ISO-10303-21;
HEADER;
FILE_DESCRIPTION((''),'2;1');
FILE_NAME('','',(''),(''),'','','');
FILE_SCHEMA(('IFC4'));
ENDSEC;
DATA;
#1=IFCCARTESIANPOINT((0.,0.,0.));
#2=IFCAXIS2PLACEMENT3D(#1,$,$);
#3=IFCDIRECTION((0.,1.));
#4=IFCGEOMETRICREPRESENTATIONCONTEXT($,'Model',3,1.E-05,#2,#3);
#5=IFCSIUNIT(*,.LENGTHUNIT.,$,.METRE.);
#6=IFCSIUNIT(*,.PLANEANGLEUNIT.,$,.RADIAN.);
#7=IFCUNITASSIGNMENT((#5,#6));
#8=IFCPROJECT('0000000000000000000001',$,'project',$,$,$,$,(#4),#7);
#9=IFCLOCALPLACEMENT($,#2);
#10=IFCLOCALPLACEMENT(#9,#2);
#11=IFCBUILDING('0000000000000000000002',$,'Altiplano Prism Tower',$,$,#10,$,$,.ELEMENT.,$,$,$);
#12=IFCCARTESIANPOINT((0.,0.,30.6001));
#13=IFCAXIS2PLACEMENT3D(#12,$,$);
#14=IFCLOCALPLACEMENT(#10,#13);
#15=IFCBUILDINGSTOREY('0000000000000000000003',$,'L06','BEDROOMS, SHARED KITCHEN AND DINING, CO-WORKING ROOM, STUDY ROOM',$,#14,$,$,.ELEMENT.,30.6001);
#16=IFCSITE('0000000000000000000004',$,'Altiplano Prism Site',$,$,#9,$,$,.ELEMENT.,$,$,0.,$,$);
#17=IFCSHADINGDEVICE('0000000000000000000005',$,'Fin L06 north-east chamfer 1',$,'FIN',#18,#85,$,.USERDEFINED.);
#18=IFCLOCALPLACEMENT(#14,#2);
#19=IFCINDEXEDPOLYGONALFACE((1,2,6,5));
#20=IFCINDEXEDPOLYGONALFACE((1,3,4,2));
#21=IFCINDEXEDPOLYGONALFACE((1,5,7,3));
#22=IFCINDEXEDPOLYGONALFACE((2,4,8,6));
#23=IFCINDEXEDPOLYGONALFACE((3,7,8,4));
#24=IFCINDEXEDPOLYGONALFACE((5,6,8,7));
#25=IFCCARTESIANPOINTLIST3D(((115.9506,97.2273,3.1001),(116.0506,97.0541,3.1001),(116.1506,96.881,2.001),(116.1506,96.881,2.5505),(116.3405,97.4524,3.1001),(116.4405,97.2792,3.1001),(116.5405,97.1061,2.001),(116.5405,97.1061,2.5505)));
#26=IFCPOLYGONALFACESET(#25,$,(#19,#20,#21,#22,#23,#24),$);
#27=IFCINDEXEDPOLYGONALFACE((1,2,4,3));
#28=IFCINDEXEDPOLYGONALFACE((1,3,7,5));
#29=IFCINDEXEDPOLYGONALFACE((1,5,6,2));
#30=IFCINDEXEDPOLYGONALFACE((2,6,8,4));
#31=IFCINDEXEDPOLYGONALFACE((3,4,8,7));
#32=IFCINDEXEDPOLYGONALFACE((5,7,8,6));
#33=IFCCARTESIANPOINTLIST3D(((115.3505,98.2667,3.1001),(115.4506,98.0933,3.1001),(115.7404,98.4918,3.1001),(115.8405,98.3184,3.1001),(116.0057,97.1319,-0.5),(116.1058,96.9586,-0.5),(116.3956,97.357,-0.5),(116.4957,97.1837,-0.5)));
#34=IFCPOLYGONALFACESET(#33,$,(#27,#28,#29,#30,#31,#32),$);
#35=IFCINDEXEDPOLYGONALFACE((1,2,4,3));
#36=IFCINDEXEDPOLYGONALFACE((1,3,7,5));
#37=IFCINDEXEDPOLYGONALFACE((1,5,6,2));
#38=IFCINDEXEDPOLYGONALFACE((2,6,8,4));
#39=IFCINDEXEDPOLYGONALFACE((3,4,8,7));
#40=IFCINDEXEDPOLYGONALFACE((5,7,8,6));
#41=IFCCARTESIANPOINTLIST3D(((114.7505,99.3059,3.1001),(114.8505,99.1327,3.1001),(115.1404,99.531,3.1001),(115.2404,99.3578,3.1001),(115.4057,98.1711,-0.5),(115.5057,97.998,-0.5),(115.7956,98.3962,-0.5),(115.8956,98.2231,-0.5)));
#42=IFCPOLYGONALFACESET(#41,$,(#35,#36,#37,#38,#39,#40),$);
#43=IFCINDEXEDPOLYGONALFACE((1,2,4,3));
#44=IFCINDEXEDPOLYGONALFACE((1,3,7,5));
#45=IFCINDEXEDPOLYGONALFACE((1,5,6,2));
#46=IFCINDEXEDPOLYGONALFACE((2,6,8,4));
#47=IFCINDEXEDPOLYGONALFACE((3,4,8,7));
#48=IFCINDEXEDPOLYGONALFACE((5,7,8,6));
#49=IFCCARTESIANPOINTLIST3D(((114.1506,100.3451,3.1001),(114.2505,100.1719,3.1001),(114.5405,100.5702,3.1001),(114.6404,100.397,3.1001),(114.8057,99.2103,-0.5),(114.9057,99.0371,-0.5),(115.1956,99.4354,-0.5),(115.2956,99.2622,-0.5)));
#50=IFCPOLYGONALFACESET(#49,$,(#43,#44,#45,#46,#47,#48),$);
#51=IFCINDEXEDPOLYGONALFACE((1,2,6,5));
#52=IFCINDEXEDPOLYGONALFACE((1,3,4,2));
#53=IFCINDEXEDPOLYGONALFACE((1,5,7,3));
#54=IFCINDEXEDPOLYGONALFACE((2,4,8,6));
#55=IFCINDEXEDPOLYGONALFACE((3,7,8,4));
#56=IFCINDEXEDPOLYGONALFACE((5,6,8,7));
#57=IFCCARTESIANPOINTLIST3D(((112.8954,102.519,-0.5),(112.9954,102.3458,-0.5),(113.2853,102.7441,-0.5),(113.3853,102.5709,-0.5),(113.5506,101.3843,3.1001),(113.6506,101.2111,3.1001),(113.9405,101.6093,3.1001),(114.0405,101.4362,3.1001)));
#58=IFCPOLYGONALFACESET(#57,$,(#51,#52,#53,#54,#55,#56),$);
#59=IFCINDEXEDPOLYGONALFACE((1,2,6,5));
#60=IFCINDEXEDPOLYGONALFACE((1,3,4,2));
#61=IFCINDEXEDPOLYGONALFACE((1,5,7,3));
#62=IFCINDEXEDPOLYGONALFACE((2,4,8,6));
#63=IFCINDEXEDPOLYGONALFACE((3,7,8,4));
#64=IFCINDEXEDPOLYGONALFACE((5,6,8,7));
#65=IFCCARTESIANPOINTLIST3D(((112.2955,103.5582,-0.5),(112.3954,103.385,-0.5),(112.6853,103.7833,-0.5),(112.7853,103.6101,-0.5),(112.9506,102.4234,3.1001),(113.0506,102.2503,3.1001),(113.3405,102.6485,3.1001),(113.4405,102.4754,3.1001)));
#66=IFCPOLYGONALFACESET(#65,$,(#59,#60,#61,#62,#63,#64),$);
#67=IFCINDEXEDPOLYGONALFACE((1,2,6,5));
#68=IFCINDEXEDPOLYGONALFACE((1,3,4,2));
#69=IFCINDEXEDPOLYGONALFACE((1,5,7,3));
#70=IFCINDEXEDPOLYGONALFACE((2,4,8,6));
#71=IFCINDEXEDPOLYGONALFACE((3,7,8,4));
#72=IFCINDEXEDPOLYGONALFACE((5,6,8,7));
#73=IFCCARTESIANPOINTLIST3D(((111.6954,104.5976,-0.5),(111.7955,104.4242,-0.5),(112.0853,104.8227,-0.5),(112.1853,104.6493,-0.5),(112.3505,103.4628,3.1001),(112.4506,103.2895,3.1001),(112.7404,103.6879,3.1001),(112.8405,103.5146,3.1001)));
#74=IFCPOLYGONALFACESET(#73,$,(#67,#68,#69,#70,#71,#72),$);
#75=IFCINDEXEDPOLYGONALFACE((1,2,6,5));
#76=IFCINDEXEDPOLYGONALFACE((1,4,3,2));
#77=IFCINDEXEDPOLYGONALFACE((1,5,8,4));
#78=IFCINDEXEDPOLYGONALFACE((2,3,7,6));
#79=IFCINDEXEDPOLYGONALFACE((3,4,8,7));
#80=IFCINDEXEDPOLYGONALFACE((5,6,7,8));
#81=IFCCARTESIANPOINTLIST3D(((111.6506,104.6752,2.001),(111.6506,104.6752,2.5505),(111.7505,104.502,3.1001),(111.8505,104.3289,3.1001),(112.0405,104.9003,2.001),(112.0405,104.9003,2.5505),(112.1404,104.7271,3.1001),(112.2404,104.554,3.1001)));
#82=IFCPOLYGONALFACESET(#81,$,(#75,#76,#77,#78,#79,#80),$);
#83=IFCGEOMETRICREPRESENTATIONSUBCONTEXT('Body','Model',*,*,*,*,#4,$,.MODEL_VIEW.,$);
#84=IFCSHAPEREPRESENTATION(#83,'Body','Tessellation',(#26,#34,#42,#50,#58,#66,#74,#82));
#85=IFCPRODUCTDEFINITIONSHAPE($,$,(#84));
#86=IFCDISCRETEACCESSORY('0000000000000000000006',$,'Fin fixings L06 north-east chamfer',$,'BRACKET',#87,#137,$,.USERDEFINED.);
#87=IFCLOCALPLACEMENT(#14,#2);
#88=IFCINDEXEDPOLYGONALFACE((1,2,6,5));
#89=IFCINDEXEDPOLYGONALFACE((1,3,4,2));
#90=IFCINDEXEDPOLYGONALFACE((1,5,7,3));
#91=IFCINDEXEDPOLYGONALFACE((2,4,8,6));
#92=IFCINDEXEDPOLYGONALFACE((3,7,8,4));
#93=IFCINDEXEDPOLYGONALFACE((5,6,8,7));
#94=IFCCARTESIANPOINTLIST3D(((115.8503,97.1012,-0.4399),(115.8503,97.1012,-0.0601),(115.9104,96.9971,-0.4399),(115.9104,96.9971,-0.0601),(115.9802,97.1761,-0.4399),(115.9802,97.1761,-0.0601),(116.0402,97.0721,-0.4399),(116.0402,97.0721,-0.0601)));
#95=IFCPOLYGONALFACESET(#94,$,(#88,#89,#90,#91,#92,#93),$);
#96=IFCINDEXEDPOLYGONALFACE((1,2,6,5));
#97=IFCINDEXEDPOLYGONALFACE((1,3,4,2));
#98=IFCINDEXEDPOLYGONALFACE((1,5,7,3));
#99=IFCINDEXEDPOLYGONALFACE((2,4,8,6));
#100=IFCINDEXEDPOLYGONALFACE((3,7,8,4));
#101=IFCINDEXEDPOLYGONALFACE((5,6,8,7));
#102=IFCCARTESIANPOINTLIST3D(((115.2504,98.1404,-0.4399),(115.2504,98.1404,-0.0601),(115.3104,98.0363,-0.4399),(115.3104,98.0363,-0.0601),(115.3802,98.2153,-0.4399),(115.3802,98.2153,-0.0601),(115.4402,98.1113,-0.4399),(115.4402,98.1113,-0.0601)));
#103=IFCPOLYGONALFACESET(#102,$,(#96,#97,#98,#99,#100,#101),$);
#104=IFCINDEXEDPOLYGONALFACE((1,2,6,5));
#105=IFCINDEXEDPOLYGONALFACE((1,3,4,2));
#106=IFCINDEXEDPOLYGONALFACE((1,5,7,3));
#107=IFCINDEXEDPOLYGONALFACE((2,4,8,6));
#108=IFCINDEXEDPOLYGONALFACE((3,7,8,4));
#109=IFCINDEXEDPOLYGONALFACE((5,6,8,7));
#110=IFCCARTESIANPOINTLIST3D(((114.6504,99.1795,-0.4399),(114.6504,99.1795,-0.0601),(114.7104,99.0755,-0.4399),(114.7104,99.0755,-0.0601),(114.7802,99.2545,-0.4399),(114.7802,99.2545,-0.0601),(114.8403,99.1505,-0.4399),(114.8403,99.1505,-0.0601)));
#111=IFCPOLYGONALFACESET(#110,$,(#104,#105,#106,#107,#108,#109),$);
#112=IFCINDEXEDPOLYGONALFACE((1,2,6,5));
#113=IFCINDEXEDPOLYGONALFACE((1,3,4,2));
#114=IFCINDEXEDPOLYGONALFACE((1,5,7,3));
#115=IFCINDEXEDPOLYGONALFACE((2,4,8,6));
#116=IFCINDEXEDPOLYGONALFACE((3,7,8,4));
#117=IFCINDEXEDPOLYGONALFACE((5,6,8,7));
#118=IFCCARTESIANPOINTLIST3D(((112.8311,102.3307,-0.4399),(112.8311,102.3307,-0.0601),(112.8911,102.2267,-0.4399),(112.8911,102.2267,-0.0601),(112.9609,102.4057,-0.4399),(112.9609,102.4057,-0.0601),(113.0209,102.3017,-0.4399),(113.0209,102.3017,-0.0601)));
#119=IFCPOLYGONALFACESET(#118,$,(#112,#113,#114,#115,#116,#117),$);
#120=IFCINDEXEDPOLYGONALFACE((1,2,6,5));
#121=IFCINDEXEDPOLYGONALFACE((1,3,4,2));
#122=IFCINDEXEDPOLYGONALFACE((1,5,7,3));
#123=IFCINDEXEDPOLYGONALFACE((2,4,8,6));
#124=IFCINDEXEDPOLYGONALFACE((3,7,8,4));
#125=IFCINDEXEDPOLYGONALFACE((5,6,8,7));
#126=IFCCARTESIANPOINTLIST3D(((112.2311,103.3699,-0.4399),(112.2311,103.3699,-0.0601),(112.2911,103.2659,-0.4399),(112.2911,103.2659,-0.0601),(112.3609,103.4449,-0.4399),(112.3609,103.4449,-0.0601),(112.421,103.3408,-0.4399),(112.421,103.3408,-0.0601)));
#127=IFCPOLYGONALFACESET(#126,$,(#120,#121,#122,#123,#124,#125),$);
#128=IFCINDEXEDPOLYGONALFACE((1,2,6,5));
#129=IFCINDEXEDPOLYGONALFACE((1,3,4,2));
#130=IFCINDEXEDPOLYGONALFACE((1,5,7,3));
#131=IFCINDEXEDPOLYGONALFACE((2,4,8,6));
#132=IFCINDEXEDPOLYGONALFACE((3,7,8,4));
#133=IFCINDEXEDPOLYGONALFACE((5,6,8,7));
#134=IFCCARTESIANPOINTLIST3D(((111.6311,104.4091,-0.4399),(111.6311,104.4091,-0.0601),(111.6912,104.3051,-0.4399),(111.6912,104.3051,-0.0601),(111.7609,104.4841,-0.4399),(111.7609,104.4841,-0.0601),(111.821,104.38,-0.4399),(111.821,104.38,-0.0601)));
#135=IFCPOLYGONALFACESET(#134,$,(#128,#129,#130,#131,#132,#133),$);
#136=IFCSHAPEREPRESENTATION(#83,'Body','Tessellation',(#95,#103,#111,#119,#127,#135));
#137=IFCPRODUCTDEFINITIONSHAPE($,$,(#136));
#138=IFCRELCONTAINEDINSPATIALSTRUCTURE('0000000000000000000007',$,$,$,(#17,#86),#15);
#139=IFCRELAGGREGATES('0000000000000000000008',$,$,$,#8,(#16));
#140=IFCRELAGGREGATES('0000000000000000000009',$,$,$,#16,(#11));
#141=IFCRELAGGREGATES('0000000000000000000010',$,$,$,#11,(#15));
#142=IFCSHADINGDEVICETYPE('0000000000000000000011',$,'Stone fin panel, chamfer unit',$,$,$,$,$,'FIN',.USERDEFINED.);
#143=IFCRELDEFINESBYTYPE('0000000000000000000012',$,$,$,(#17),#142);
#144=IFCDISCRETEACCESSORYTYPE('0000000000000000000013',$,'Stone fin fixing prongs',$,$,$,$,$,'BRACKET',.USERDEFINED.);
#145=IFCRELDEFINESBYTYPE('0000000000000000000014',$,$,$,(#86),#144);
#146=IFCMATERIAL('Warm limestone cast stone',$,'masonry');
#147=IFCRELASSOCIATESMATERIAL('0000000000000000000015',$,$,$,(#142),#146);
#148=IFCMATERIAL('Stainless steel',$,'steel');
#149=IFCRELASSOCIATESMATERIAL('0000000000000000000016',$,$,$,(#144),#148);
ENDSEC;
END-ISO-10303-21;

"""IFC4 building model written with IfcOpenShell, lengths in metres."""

from ifc_helpers import new_model, si_unit, direction, frame, origin, place, context, subcontext, project, spatial, polyline, outline, extrude, source, transform, mapped, material, type_object, element, save


model = new_model("IFC4")

# Units and contexts
model_context = context("Model", 3, precision=1e-05, world=origin(), true_north=direction((0.0, 1.0)))
body_context = subcontext(model_context, "Body", "Model", "MODEL_VIEW")
ifc_project = project(units=[si_unit("LENGTHUNIT", "METRE"), si_unit("PLANEANGLEUNIT", "RADIAN")], contexts=[model_context])

# Site, building, storey
site_placement = place(None, origin())
site = spatial("IfcSite", under=ifc_project, at=site_placement, Name="Altiplano Prism Site", CompositionType="ELEMENT", RefElevation=0.0)
building_placement = place(site_placement, origin())
building = spatial("IfcBuilding", under=site, at=building_placement, Name="Altiplano Prism Tower", CompositionType="ELEMENT")
storey_placement = place(building_placement, frame((0.0, 0.0, 30.6001)))
storey = spatial("IfcBuildingStorey", under=building, at=storey_placement, Name="L06", Description="BEDROOMS, SHARED KITCHEN AND DINING, CO-WORKING ROOM, STUDY ROOM", CompositionType="ELEMENT", Elevation=30.6001)

# Shading device
ifc_material_1 = material(Name="Warm limestone cast stone", Category="masonry")
shading_device_type_1 = type_object("IfcShadingDeviceType", Name="Stone fin panel, chamfer unit", ElementType="FIN", PredefinedType="USERDEFINED", material=ifc_material_1)
shared_shape_1 = source(origin(), body_context, "Body", "SweptSolid", [
    extrude(outline(polyline([(-4.5, 2.501), (-4.1001, 3.6001), (-4.3, 3.6001), (-4.5, 3.0505), (-4.5, 2.501)])), frame((0.0, -0.1499, 0.0), z_axis=(0.0, -1.0, 0.0), x_axis=(1.0, 0.0, 0.0)), (0.0, 0.0, 1.0), 0.4502),
    extrude(outline(polyline([(-4.4104, 0.0), (-4.2102, 0.0), (-2.8999, 3.6001), (-3.1001, 3.6001), (-4.4104, 0.0)])), frame((0.0, -0.1499, 0.0), z_axis=(0.0, -1.0, 0.0), x_axis=(1.0, 0.0, 0.0)), (0.0, 0.0, 1.0), 0.4502),
    extrude(outline(polyline([(-3.2102, 0.0), (-3.0103, 0.0), (-1.7, 3.6001), (-1.8999, 3.6001), (-3.2102, 0.0)])), frame((0.0, -0.1499, 0.0), z_axis=(0.0, -1.0, 0.0), x_axis=(1.0, 0.0, 0.0)), (0.0, 0.0, 1.0), 0.4502),
    extrude(outline(polyline([(-2.0103, 0.0), (-1.8103, 0.0), (-0.5, 3.6001), (-0.7, 3.6001), (-2.0103, 0.0)])), frame((0.0, -0.1499, 0.0), z_axis=(0.0, -1.0, 0.0), x_axis=(1.0, 0.0, 0.0)), (0.0, 0.0, 1.0), 0.4502),
    extrude(outline(polyline([(1.8103, 0.0), (2.0103, 0.0), (0.7, 3.6001), (0.5, 3.6001), (1.8103, 0.0)])), frame((0.0, -0.1499, 0.0), z_axis=(0.0, -1.0, 0.0), x_axis=(1.0, 0.0, 0.0)), (0.0, 0.0, 1.0), 0.4502),
    extrude(outline(polyline([(3.0103, 0.0), (3.2102, 0.0), (1.8999, 3.6001), (1.7, 3.6001), (3.0103, 0.0)])), frame((0.0, -0.1499, 0.0), z_axis=(0.0, -1.0, 0.0), x_axis=(1.0, 0.0, 0.0)), (0.0, 0.0, 1.0), 0.4502),
    extrude(outline(polyline([(4.2102, 0.0), (4.4104, 0.0), (3.1001, 3.6001), (2.8999, 3.6001), (4.2102, 0.0)])), frame((0.0, -0.1499, 0.0), z_axis=(0.0, -1.0, 0.0), x_axis=(1.0, 0.0, 0.0)), (0.0, 0.0, 1.0), 0.4502),
    extrude(outline(polyline([(4.5, 3.0505), (4.3, 3.6001), (4.1001, 3.6001), (4.5, 2.501), (4.5, 3.0505)])), frame((0.0, -0.1499, 0.0), z_axis=(0.0, -1.0, 0.0), x_axis=(1.0, 0.0, 0.0)), (0.0, 0.0, 1.0), 0.4502),
])
shading_device_1_placement = place(storey_placement, origin())
element("IfcShadingDevice", 1, at=shading_device_1_placement, inside=storey, type_object=shading_device_type_1, Name="Fin L06 north-east chamfer 1", ObjectType="FIN", PredefinedType="USERDEFINED", context=body_context, shape_type="MappedRepresentation", body=[
    mapped(shared_shape_1, transform((113.7708, 100.7031, -0.5), x_axis=(-0.5, 0.866025, 0.0), y_axis=(-0.866025, -0.5, 0.0), z_axis=(0.0, 0.0, 1.0))),
])

# Discrete accessory
ifc_material_2 = material(Name="Stainless steel", Category="steel")
discrete_accessory_type = type_object("IfcDiscreteAccessoryType", Name="Stone fin fixing prongs", ElementType="BRACKET", PredefinedType="USERDEFINED", material=ifc_material_2)
shared_shape_2 = source(origin(), body_context, "Body", "SweptSolid", [
    extrude(outline(polyline([(-4.2793, 0.0601), (-4.1592, 0.0601), (-4.1592, 0.4399), (-4.2793, 0.4399), (-4.2793, 0.0601)])), frame((0.0, 0.0, 0.0), z_axis=(0.0, -1.0, 0.0), x_axis=(1.0, 0.0, 0.0)), (0.0, 0.0, 1.0), 0.1499),
    extrude(outline(polyline([(-3.0793, 0.0601), (-2.9592, 0.0601), (-2.9592, 0.4399), (-3.0793, 0.4399), (-3.0793, 0.0601)])), frame((0.0, 0.0, 0.0), z_axis=(0.0, -1.0, 0.0), x_axis=(1.0, 0.0, 0.0)), (0.0, 0.0, 1.0), 0.1499),
    extrude(outline(polyline([(-1.8794, 0.0601), (-1.7593, 0.0601), (-1.7593, 0.4399), (-1.8794, 0.4399), (-1.8794, 0.0601)])), frame((0.0, 0.0, 0.0), z_axis=(0.0, -1.0, 0.0), x_axis=(1.0, 0.0, 0.0)), (0.0, 0.0, 1.0), 0.1499),
    extrude(outline(polyline([(1.7593, 0.0601), (1.8794, 0.0601), (1.8794, 0.4399), (1.7593, 0.4399), (1.7593, 0.0601)])), frame((0.0, 0.0, 0.0), z_axis=(0.0, -1.0, 0.0), x_axis=(1.0, 0.0, 0.0)), (0.0, 0.0, 1.0), 0.1499),
    extrude(outline(polyline([(2.9592, 0.0601), (3.0793, 0.0601), (3.0793, 0.4399), (2.9592, 0.4399), (2.9592, 0.0601)])), frame((0.0, 0.0, 0.0), z_axis=(0.0, -1.0, 0.0), x_axis=(1.0, 0.0, 0.0)), (0.0, 0.0, 1.0), 0.1499),
    extrude(outline(polyline([(4.1592, 0.0601), (4.2793, 0.0601), (4.2793, 0.4399), (4.1592, 0.4399), (4.1592, 0.0601)])), frame((0.0, 0.0, 0.0), z_axis=(0.0, -1.0, 0.0), x_axis=(1.0, 0.0, 0.0)), (0.0, 0.0, 1.0), 0.1499),
])
discrete_accessory_1_placement = place(storey_placement, origin())
element("IfcDiscreteAccessory", 2, at=discrete_accessory_1_placement, inside=storey, type_object=discrete_accessory_type, Name="Fin fixings L06 north-east chamfer", ObjectType="BRACKET", PredefinedType="USERDEFINED", context=body_context, shape_type="MappedRepresentation", body=[
    mapped(shared_shape_2, transform((113.7708, 100.7031, -0.5), x_axis=(-0.5, 0.866025, 0.0), y_axis=(-0.866025, -0.5, 0.0), z_axis=(0.0, 0.0, 1.0))),
])

save(model, "model.ifc")
